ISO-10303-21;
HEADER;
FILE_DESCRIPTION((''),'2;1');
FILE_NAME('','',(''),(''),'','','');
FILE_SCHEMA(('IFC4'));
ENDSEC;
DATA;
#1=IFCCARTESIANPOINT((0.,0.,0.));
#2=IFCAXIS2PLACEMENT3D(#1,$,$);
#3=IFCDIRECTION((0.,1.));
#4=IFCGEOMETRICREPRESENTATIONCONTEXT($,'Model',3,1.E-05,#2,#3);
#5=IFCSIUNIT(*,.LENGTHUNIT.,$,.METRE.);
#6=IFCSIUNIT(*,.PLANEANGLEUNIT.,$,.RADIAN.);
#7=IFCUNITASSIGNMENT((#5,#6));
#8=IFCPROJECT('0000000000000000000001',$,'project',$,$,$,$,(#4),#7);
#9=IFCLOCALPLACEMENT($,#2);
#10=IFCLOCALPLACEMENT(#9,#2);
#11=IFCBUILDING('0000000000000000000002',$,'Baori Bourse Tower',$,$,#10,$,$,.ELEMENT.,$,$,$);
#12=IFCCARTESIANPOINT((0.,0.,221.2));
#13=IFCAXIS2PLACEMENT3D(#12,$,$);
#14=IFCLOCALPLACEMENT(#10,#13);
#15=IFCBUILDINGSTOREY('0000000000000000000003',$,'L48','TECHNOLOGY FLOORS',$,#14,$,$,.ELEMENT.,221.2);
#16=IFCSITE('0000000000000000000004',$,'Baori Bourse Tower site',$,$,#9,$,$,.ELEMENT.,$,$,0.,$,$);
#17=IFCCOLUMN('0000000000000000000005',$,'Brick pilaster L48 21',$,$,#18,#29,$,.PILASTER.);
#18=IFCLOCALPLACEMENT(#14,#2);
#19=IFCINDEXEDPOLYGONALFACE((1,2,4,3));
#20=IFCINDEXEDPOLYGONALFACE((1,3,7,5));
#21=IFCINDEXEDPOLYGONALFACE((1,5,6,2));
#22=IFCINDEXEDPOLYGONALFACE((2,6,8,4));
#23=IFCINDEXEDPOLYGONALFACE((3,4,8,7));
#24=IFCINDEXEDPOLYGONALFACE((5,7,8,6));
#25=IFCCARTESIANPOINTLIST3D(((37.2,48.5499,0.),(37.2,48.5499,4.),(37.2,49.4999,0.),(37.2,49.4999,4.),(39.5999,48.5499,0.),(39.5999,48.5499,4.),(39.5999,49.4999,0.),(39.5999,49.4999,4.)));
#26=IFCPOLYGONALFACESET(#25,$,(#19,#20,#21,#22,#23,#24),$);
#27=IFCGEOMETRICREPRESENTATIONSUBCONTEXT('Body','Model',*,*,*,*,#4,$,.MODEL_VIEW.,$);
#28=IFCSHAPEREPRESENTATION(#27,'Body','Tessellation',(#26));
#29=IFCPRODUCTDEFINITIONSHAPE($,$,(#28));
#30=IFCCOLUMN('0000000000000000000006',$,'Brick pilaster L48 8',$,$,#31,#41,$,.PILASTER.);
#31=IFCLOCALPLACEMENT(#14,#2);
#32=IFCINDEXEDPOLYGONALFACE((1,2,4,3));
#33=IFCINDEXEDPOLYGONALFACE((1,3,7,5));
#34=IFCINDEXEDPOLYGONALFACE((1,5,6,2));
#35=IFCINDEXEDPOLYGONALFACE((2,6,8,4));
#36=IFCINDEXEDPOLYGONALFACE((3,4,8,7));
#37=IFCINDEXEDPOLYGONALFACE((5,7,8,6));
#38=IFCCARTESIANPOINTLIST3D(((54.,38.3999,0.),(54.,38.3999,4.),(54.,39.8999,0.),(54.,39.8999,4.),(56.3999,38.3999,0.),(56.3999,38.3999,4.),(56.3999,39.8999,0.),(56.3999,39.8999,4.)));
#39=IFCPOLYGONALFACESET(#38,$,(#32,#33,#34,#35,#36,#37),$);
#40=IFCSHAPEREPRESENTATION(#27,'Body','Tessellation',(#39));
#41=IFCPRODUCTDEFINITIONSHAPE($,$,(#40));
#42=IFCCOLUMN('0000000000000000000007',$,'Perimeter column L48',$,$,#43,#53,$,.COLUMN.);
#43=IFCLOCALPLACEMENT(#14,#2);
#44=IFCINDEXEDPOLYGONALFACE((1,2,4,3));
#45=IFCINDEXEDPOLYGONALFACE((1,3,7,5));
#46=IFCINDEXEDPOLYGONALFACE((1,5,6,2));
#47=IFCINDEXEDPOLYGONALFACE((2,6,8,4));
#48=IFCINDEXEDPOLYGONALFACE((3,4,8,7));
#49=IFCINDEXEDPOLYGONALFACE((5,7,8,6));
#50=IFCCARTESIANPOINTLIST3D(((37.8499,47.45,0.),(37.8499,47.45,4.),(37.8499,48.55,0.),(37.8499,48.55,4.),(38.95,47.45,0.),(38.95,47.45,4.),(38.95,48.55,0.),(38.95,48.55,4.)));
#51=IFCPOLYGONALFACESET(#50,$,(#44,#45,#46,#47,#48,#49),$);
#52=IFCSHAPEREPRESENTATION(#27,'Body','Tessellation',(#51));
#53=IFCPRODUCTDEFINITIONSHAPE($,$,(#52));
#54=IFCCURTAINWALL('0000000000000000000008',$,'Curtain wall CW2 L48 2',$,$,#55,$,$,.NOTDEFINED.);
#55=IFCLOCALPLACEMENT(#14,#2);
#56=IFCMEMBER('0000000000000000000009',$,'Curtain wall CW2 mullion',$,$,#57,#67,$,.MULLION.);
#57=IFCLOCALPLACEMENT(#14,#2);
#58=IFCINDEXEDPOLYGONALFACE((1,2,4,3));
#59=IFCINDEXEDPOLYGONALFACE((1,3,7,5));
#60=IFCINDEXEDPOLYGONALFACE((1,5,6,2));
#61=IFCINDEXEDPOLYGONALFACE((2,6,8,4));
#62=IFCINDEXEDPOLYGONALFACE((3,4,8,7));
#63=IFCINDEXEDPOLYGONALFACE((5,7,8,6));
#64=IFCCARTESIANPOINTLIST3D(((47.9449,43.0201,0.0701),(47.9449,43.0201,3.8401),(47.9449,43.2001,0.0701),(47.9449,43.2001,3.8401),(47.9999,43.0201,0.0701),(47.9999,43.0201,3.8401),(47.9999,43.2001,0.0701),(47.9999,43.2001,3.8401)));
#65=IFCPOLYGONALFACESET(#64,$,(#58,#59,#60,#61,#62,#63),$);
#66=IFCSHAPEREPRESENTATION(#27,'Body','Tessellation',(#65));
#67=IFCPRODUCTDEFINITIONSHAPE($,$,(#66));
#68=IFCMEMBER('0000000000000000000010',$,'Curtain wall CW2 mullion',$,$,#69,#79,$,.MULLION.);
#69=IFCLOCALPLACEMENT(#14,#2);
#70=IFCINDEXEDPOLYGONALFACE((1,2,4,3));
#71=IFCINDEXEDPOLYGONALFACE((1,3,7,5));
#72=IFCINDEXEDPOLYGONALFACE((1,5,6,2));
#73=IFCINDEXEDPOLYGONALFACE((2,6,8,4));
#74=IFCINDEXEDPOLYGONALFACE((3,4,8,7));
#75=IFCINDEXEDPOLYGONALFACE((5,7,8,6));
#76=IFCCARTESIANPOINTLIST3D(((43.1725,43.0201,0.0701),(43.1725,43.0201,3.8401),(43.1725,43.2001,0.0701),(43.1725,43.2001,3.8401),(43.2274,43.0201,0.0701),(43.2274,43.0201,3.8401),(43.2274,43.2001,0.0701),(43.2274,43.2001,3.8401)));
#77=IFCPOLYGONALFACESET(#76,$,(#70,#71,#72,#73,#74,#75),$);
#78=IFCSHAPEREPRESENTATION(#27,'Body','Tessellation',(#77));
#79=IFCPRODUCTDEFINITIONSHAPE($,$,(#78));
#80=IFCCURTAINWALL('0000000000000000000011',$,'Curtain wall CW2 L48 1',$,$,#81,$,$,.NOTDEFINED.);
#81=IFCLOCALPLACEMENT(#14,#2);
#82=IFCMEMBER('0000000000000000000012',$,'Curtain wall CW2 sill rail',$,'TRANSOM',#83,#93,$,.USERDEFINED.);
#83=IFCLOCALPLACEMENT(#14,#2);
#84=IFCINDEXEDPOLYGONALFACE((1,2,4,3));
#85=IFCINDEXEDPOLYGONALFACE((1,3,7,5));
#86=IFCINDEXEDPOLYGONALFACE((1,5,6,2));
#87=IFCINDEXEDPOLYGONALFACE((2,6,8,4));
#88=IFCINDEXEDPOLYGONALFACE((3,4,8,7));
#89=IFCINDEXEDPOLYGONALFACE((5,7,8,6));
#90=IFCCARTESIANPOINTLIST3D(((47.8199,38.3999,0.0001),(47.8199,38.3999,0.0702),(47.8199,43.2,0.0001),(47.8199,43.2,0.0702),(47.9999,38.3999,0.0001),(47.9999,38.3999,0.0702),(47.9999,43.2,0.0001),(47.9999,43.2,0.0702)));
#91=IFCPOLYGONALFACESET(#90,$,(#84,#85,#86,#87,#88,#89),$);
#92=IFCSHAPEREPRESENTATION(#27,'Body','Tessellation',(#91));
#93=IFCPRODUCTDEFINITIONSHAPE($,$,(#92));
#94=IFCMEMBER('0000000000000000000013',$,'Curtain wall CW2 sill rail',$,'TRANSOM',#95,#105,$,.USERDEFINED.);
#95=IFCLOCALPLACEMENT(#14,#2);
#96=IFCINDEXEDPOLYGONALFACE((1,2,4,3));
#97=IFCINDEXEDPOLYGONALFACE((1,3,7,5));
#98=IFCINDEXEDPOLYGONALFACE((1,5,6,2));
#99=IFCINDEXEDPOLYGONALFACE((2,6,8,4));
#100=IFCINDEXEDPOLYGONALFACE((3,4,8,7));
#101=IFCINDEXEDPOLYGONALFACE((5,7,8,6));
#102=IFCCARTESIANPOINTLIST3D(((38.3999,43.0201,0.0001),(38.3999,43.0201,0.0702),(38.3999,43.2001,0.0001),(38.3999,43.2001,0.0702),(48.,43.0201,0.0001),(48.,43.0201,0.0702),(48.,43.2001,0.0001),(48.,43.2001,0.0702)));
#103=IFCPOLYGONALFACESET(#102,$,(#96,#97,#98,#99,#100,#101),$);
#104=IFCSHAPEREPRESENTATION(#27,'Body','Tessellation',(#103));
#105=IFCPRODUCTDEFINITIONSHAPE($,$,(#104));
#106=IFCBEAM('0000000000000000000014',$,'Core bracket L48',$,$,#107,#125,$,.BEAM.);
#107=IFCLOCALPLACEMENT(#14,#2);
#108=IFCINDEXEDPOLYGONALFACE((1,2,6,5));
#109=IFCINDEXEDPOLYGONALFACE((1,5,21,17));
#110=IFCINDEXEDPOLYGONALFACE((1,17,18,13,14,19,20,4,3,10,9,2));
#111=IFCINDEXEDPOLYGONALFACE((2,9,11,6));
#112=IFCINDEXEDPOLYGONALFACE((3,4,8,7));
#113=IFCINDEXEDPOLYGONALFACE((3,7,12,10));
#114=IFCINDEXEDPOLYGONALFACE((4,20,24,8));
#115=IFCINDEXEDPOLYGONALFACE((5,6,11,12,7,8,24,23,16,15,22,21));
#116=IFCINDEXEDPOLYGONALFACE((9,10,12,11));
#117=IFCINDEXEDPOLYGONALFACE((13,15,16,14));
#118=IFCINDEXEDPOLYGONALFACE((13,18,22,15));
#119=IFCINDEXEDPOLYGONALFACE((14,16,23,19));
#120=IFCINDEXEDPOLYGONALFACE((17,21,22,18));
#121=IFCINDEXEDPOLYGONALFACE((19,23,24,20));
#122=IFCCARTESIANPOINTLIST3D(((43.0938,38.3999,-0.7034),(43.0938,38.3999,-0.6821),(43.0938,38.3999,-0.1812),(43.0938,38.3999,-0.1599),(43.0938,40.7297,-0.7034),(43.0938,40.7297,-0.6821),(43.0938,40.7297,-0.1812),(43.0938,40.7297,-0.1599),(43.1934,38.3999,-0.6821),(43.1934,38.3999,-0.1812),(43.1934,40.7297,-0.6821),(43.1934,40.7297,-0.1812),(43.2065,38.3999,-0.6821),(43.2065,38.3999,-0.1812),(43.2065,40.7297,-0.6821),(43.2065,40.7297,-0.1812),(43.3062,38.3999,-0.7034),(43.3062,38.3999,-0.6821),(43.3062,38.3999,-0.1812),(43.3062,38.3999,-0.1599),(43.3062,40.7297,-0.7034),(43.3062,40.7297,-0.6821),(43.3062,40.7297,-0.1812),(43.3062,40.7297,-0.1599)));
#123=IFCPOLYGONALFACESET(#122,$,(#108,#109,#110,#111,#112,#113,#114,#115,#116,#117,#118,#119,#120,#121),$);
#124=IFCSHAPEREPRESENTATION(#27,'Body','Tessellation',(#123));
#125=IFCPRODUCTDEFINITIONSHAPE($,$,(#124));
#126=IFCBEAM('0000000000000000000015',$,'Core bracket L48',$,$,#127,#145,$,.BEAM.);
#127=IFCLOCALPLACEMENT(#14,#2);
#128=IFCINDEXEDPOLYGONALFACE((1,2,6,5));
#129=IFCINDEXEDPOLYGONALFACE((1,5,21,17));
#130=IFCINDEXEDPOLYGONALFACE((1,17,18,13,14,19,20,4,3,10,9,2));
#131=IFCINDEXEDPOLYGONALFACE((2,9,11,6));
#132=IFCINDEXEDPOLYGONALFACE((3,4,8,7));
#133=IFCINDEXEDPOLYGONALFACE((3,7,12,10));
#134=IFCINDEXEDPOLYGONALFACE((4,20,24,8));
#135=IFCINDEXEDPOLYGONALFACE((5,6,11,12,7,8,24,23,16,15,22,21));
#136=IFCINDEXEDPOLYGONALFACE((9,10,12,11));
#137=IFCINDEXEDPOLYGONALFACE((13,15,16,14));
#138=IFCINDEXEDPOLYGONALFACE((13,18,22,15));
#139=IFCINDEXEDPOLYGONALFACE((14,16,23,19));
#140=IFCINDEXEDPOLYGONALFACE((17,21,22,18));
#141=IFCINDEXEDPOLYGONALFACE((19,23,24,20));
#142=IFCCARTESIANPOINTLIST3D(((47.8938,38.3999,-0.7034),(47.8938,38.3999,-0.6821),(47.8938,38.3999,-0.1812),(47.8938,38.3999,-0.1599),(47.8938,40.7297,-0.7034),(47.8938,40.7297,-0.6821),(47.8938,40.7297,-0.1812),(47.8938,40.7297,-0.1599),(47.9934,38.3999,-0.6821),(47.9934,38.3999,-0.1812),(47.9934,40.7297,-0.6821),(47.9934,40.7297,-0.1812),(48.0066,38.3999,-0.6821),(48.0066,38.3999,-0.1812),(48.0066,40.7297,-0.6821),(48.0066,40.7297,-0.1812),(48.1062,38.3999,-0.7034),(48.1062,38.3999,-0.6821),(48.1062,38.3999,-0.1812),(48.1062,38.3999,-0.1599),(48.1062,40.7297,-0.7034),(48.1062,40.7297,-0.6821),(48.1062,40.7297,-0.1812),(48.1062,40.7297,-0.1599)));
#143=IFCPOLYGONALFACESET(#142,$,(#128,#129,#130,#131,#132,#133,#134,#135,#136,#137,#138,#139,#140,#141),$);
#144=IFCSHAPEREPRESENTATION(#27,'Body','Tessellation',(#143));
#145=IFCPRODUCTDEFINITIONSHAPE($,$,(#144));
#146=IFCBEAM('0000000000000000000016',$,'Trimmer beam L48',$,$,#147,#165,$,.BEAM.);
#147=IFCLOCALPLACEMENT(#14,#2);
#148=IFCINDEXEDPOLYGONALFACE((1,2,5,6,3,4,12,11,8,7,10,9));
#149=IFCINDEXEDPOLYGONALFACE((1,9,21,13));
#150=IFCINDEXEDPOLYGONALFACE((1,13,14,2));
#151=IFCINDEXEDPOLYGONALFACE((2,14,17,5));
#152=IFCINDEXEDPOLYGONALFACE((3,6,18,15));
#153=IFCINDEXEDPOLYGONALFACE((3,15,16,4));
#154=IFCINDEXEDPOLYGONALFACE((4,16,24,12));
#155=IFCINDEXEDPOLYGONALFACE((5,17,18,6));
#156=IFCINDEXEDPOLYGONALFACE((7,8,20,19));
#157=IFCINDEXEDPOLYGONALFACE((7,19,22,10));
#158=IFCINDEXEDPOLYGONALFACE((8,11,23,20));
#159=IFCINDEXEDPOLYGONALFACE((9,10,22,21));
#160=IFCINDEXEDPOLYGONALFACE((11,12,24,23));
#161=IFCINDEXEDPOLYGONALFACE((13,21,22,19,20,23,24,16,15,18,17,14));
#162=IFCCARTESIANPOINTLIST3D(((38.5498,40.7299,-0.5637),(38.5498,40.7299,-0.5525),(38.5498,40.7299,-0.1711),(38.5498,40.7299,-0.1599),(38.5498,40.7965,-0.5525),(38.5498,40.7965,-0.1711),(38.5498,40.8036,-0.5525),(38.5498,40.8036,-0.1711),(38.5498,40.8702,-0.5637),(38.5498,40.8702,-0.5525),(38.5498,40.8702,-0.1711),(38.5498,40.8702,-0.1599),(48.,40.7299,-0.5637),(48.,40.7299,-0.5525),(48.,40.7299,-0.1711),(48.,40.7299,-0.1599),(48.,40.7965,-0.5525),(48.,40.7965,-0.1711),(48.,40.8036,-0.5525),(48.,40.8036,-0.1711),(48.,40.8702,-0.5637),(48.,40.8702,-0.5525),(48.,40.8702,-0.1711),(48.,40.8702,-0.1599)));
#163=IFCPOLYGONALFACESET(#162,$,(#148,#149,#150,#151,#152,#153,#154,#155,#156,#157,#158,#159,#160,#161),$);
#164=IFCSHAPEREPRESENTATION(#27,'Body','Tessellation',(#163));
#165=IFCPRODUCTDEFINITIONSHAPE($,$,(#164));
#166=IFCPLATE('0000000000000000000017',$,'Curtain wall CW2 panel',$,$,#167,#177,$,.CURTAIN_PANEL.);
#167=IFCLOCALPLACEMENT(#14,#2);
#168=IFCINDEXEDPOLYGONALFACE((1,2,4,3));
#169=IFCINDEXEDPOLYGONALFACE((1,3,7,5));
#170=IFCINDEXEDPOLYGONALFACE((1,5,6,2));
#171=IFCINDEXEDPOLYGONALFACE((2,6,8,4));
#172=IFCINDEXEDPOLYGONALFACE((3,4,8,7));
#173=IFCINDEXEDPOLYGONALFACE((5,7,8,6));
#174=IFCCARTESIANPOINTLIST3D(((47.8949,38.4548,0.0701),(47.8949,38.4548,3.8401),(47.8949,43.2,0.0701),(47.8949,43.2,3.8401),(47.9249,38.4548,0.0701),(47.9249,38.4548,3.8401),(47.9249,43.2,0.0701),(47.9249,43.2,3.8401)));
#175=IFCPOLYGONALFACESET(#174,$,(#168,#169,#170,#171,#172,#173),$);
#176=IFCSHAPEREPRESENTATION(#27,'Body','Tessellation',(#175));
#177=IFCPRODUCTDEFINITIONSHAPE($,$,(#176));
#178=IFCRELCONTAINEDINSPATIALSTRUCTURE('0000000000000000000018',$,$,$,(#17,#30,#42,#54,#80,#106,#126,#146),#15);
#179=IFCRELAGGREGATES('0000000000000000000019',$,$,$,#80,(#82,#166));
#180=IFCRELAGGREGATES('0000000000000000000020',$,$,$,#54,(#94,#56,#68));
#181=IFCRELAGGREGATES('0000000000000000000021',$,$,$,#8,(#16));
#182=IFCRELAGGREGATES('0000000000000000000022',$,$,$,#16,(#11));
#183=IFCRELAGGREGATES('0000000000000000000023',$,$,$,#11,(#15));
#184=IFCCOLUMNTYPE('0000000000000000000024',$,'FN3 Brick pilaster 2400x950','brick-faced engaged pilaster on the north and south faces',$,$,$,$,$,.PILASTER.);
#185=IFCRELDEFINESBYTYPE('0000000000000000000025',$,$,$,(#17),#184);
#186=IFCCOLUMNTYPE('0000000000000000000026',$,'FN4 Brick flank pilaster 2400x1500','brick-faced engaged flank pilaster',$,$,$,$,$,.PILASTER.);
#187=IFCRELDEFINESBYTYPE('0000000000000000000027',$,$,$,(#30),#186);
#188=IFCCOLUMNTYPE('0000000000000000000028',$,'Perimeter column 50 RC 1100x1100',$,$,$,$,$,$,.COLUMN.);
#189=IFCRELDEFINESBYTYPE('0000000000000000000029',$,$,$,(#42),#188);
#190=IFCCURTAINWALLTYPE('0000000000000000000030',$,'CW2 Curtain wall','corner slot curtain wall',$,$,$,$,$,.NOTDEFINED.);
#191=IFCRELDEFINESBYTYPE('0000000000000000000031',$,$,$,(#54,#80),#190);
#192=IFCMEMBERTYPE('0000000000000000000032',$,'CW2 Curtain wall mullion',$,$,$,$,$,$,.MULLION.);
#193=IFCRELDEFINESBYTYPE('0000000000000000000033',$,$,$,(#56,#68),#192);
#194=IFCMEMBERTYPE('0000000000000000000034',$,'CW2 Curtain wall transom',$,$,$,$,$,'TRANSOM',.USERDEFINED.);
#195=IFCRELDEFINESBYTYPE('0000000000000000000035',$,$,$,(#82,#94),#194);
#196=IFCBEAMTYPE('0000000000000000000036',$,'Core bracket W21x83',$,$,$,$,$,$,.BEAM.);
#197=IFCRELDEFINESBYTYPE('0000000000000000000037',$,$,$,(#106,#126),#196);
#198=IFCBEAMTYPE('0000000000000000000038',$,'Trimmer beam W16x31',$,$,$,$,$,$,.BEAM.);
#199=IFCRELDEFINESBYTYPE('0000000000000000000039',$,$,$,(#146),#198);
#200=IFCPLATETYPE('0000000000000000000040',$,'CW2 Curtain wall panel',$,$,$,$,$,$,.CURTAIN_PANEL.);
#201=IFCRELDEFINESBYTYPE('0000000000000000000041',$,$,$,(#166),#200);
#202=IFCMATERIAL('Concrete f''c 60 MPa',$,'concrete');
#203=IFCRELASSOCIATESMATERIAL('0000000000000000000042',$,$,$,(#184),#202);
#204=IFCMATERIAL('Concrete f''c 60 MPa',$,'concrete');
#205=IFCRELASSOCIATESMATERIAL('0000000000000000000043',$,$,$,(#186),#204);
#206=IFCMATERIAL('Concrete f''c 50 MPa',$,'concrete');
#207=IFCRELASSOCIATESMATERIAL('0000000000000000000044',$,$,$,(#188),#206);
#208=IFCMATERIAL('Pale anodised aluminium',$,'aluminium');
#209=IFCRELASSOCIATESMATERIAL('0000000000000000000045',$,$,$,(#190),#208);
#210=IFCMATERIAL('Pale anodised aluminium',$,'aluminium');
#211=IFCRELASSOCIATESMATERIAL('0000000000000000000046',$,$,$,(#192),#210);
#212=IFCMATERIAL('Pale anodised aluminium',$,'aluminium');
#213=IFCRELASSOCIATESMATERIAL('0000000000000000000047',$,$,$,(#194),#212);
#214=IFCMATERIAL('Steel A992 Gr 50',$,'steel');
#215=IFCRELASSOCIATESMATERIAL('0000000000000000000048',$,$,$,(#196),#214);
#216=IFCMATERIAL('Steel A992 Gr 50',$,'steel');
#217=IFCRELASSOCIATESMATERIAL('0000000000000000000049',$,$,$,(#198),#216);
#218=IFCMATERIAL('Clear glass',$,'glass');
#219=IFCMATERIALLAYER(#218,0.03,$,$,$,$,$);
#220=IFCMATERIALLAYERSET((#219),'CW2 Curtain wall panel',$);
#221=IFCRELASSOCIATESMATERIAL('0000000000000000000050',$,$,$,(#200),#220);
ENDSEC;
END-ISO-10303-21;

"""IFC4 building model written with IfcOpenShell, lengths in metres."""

from ifc_helpers import new_model, si_unit, direction, frame, origin, origin_2d, place, context, subcontext, project, spatial, rectangle, i_section, extrude, material, layer, layer_set, material_profile, profile_set, type_object, element, aggregate, save


model = new_model("IFC4")

# Units and contexts
model_context = context("Model", 3, precision=1e-05, world=origin(), true_north=direction((0.0, 1.0)))
body_context = subcontext(model_context, "Body", "Model", "MODEL_VIEW")
ifc_project = project(units=[si_unit("LENGTHUNIT", "METRE"), si_unit("PLANEANGLEUNIT", "RADIAN")], contexts=[model_context])

# Site, building, storey
site_placement = place(None, origin())
site = spatial("IfcSite", under=ifc_project, at=site_placement, Name="Baori Bourse Tower site", CompositionType="ELEMENT", RefElevation=0.0)
building_placement = place(site_placement, origin())
building = spatial("IfcBuilding", under=site, at=building_placement, Name="Baori Bourse Tower", CompositionType="ELEMENT")
storey_placement = place(building_placement, frame((0.0, 0.0, 221.2)))
storey = spatial("IfcBuildingStorey", under=building, at=storey_placement, Name="L48", Description="TECHNOLOGY FLOORS", CompositionType="ELEMENT", Elevation=221.2)

# Columns
ifc_material_1 = material(Name="Concrete f'c 60 MPa", Category="concrete")
ifc_material_profile_1 = material_profile(ifc_material_1, rectangle(XDim=2.3999, YDim=0.95, at=origin_2d()), Name="RC 2400x950")
ifc_profile_set_1 = profile_set([ifc_material_profile_1], Name="Concrete f'c 60 MPa")
column_type_1 = type_object("IfcColumnType", Name="FN3 Brick pilaster 2400x950", Description="brick-faced engaged pilaster on the north and south faces", PredefinedType="PILASTER", material=ifc_profile_set_1)
column_1_placement = place(storey_placement, frame((38.3999, 49.0249, 0.0), z_axis=(0.0, 0.0, 1.0), x_axis=(1.0, 0.0, 0.0)))
element("IfcColumn", 1, at=column_1_placement, inside=storey, type_object=column_type_1, Name="Brick pilaster L48 21", PredefinedType="PILASTER", context=body_context, shape_type="SweptSolid", body=[
    extrude(rectangle(XDim=2.3999, YDim=0.95, at=origin_2d()), origin(), (0.0, 0.0, 1.0), 4.0),
])
ifc_material_2 = material(Name="Concrete f'c 60 MPa", Category="concrete")
ifc_material_profile_2 = material_profile(ifc_material_2, rectangle(XDim=2.3999, YDim=1.5, at=origin_2d()), Name="RC 2400x1500")
ifc_profile_set_2 = profile_set([ifc_material_profile_2], Name="Concrete f'c 60 MPa")
column_type_2 = type_object("IfcColumnType", Name="FN4 Brick flank pilaster 2400x1500", Description="brick-faced engaged flank pilaster", PredefinedType="PILASTER", material=ifc_profile_set_2)
column_2_placement = place(storey_placement, frame((55.2, 39.1499, 0.0), z_axis=(0.0, 0.0, 1.0), x_axis=(1.0, 0.0, 0.0)))
element("IfcColumn", 2, at=column_2_placement, inside=storey, type_object=column_type_2, Name="Brick pilaster L48 8", PredefinedType="PILASTER", context=body_context, shape_type="SweptSolid", body=[
    extrude(rectangle(XDim=2.3999, YDim=1.5, at=origin_2d()), origin(), (0.0, 0.0, 1.0), 4.0),
])
ifc_material_3 = material(Name="Concrete f'c 50 MPa", Category="concrete")
ifc_material_profile_3 = material_profile(ifc_material_3, rectangle(XDim=1.1001, YDim=1.1001, at=origin_2d()), Name="RC 1100x1100")
ifc_profile_set_3 = profile_set([ifc_material_profile_3], Name="Concrete f'c 50 MPa")
column_type_3 = type_object("IfcColumnType", Name="Perimeter column 50 RC 1100x1100", PredefinedType="COLUMN", material=ifc_profile_set_3)
column_3_placement = place(storey_placement, frame((38.3999, 48.0, 0.0), z_axis=(0.0, 0.0, 1.0), x_axis=(1.0, 0.0, 0.0)))
element("IfcColumn", 3, at=column_3_placement, inside=storey, type_object=column_type_3, Name="Perimeter column L48", PredefinedType="COLUMN", context=body_context, shape_type="SweptSolid", body=[
    extrude(rectangle(XDim=1.1001, YDim=1.1001, at=origin_2d()), origin(), (0.0, 0.0, 1.0), 4.0),
])

# Curtain wall, members
ifc_material_4 = material(Name="Pale anodised aluminium", Category="aluminium")
curtain_wall_type = type_object("IfcCurtainWallType", Name="CW2 Curtain wall", Description="corner slot curtain wall", PredefinedType="NOTDEFINED", material=ifc_material_4)
curtain_wall_1_placement = place(storey_placement, origin())
curtain_wall_1 = element("IfcCurtainWall", 4, at=curtain_wall_1_placement, inside=storey, type_object=curtain_wall_type, Name="Curtain wall CW2 L48 2", PredefinedType="NOTDEFINED")
ifc_material_5 = material(Name="Pale anodised aluminium", Category="aluminium")
ifc_material_profile_4 = material_profile(ifc_material_5, rectangle(XDim=0.1799, YDim=0.0549, at=origin_2d()), Name="Mullion 55x180")
ifc_profile_set_4 = profile_set([ifc_material_profile_4], Name="Pale anodised aluminium")
member_type_1 = type_object("IfcMemberType", Name="CW2 Curtain wall mullion", PredefinedType="MULLION", material=ifc_profile_set_4)
member_1_placement = place(storey_placement, frame((47.9724, 43.1101, 0.0701), z_axis=(0.0, 0.0, 1.0), x_axis=(0.0, -1.0, 0.0)))
member_1 = element("IfcMember", 5, at=member_1_placement, type_object=member_type_1, Name="Curtain wall CW2 mullion", PredefinedType="MULLION", context=body_context, shape_type="SweptSolid", body=[
    extrude(rectangle(XDim=0.1799, YDim=0.0549, at=origin_2d()), origin(), (0.0, 0.0, 1.0), 3.77),
])
member_2_placement = place(storey_placement, frame((43.2, 43.1101, 0.0701), z_axis=(0.0, 0.0, 1.0), x_axis=(0.0, -1.0, 0.0)))
member_2 = element("IfcMember", 6, at=member_2_placement, type_object=member_type_1, Name="Curtain wall CW2 mullion", PredefinedType="MULLION", context=body_context, shape_type="SweptSolid", body=[
    extrude(rectangle(XDim=0.1799, YDim=0.0549, at=origin_2d()), origin(), (0.0, 0.0, 1.0), 3.77),
])

# Curtain wall, member
curtain_wall_2_placement = place(storey_placement, origin())
curtain_wall_2 = element("IfcCurtainWall", 7, at=curtain_wall_2_placement, inside=storey, type_object=curtain_wall_type, Name="Curtain wall CW2 L48 1", PredefinedType="NOTDEFINED")
ifc_material_6 = material(Name="Pale anodised aluminium", Category="aluminium")
ifc_material_profile_5 = material_profile(ifc_material_6, rectangle(XDim=0.1799, YDim=0.0701, at=origin_2d()), Name="Transom 70x180")
ifc_profile_set_5 = profile_set([ifc_material_profile_5], Name="Pale anodised aluminium")
member_type_2 = type_object("IfcMemberType", Name="CW2 Curtain wall transom", ElementType="TRANSOM", PredefinedType="USERDEFINED", material=ifc_profile_set_5)
member_3_placement = place(storey_placement, frame((47.9099, 38.3999, 0.0352), z_axis=(0.0, 1.0, 0.0), x_axis=(-1.0, 0.0, 0.0)))
member_3 = element("IfcMember", 8, at=member_3_placement, type_object=member_type_2, Name="Curtain wall CW2 sill rail", ObjectType="TRANSOM", PredefinedType="USERDEFINED", context=body_context, shape_type="SweptSolid", body=[
    extrude(rectangle(XDim=0.1799, YDim=0.0701, at=origin_2d()), origin(), (0.0, 0.0, 1.0), 4.8),
])

# Member
member_4_placement = place(storey_placement, frame((48.0, 43.1101, 0.0352), z_axis=(-1.0, 0.0, 0.0), x_axis=(0.0, -1.0, 0.0)))
member_4 = element("IfcMember", 9, at=member_4_placement, type_object=member_type_2, Name="Curtain wall CW2 sill rail", ObjectType="TRANSOM", PredefinedType="USERDEFINED", context=body_context, shape_type="SweptSolid", body=[
    extrude(rectangle(XDim=0.1799, YDim=0.0701, at=origin_2d()), origin(), (0.0, 0.0, 1.0), 9.6001),
])

# Beams
ifc_material_7 = material(Name="Steel A992 Gr 50", Category="steel")
ifc_material_profile_6 = material_profile(ifc_material_7, i_section(OverallWidth=0.2124, OverallDepth=0.5435, WebThickness=0.0132, FlangeThickness=0.0212, at=origin_2d()), Name="W21x83")
ifc_profile_set_6 = profile_set([ifc_material_profile_6], Name="Steel A992 Gr 50")
beam_type_1 = type_object("IfcBeamType", Name="Core bracket W21x83", PredefinedType="BEAM", material=ifc_profile_set_6)
for number, where, z_axis, x_axis, name in (
    (10, (43.2, 38.3999, -0.4316), (0.0, 1.0, 0.0), (-1.0, 0.0, 0.0), "Core bracket L48"),
    (11, (48.0, 38.3999, -0.4316), (0.0, 1.0, 0.0), (-1.0, 0.0, 0.0), "Core bracket L48"),
):
    element("IfcBeam", number, at=place(storey_placement, frame(where, z_axis=z_axis, x_axis=x_axis)), inside=storey, type_object=beam_type_1, Name=name, PredefinedType="BEAM", context=body_context, shape_type="SweptSolid", body=[
        extrude(i_section(OverallWidth=0.2124, OverallDepth=0.5435, WebThickness=0.0132, FlangeThickness=0.0212, at=origin_2d()), origin(), (0.0, 0.0, 1.0), 2.3298),
    ])
ifc_material_8 = material(Name="Steel A992 Gr 50", Category="steel")
ifc_material_profile_7 = material_profile(ifc_material_8, i_section(OverallWidth=0.1404, OverallDepth=0.4038, WebThickness=0.0071, FlangeThickness=0.0112, at=origin_2d()), Name="W16x31")
ifc_profile_set_7 = profile_set([ifc_material_profile_7], Name="Steel A992 Gr 50")
beam_type_2 = type_object("IfcBeamType", Name="Trimmer beam W16x31", PredefinedType="BEAM", material=ifc_profile_set_7)
beam_placement = place(storey_placement, frame((38.5498, 40.8, -0.3618), z_axis=(1.0, 0.0, 0.0), x_axis=(0.0, 1.0, 0.0)))
element("IfcBeam", 12, at=beam_placement, inside=storey, type_object=beam_type_2, Name="Trimmer beam L48", PredefinedType="BEAM", context=body_context, shape_type="SweptSolid", body=[
    extrude(i_section(OverallWidth=0.1404, OverallDepth=0.4038, WebThickness=0.0071, FlangeThickness=0.0112, at=origin_2d()), origin(), (0.0, 0.0, 1.0), 9.4502),
])

# Plate
ifc_material_9 = material(Name="Clear glass", Category="glass")
ifc_layer_1 = layer(ifc_material_9, 0.03)
ifc_layer_set_1 = layer_set([ifc_layer_1], Name="CW2 Curtain wall panel")
plate_type = type_object("IfcPlateType", Name="CW2 Curtain wall panel", PredefinedType="CURTAIN_PANEL", material=ifc_layer_set_1)
plate_1_placement = place(storey_placement, frame((47.9099, 40.8274, 0.0701), z_axis=(0.0, 0.0, 1.0), x_axis=(0.0, 1.0, 0.0)))
plate_1 = element("IfcPlate", 13, at=plate_1_placement, type_object=plate_type, Name="Curtain wall CW2 panel", PredefinedType="CURTAIN_PANEL", context=body_context, shape_type="SweptSolid", body=[
    extrude(rectangle(XDim=4.7451, YDim=0.03, at=origin_2d()), origin(), (0.0, 0.0, 1.0), 3.77),
])
aggregate(curtain_wall_2, [member_3, plate_1])
aggregate(curtain_wall_1, [member_4, member_1, member_2])

save(model, "model.ifc")
